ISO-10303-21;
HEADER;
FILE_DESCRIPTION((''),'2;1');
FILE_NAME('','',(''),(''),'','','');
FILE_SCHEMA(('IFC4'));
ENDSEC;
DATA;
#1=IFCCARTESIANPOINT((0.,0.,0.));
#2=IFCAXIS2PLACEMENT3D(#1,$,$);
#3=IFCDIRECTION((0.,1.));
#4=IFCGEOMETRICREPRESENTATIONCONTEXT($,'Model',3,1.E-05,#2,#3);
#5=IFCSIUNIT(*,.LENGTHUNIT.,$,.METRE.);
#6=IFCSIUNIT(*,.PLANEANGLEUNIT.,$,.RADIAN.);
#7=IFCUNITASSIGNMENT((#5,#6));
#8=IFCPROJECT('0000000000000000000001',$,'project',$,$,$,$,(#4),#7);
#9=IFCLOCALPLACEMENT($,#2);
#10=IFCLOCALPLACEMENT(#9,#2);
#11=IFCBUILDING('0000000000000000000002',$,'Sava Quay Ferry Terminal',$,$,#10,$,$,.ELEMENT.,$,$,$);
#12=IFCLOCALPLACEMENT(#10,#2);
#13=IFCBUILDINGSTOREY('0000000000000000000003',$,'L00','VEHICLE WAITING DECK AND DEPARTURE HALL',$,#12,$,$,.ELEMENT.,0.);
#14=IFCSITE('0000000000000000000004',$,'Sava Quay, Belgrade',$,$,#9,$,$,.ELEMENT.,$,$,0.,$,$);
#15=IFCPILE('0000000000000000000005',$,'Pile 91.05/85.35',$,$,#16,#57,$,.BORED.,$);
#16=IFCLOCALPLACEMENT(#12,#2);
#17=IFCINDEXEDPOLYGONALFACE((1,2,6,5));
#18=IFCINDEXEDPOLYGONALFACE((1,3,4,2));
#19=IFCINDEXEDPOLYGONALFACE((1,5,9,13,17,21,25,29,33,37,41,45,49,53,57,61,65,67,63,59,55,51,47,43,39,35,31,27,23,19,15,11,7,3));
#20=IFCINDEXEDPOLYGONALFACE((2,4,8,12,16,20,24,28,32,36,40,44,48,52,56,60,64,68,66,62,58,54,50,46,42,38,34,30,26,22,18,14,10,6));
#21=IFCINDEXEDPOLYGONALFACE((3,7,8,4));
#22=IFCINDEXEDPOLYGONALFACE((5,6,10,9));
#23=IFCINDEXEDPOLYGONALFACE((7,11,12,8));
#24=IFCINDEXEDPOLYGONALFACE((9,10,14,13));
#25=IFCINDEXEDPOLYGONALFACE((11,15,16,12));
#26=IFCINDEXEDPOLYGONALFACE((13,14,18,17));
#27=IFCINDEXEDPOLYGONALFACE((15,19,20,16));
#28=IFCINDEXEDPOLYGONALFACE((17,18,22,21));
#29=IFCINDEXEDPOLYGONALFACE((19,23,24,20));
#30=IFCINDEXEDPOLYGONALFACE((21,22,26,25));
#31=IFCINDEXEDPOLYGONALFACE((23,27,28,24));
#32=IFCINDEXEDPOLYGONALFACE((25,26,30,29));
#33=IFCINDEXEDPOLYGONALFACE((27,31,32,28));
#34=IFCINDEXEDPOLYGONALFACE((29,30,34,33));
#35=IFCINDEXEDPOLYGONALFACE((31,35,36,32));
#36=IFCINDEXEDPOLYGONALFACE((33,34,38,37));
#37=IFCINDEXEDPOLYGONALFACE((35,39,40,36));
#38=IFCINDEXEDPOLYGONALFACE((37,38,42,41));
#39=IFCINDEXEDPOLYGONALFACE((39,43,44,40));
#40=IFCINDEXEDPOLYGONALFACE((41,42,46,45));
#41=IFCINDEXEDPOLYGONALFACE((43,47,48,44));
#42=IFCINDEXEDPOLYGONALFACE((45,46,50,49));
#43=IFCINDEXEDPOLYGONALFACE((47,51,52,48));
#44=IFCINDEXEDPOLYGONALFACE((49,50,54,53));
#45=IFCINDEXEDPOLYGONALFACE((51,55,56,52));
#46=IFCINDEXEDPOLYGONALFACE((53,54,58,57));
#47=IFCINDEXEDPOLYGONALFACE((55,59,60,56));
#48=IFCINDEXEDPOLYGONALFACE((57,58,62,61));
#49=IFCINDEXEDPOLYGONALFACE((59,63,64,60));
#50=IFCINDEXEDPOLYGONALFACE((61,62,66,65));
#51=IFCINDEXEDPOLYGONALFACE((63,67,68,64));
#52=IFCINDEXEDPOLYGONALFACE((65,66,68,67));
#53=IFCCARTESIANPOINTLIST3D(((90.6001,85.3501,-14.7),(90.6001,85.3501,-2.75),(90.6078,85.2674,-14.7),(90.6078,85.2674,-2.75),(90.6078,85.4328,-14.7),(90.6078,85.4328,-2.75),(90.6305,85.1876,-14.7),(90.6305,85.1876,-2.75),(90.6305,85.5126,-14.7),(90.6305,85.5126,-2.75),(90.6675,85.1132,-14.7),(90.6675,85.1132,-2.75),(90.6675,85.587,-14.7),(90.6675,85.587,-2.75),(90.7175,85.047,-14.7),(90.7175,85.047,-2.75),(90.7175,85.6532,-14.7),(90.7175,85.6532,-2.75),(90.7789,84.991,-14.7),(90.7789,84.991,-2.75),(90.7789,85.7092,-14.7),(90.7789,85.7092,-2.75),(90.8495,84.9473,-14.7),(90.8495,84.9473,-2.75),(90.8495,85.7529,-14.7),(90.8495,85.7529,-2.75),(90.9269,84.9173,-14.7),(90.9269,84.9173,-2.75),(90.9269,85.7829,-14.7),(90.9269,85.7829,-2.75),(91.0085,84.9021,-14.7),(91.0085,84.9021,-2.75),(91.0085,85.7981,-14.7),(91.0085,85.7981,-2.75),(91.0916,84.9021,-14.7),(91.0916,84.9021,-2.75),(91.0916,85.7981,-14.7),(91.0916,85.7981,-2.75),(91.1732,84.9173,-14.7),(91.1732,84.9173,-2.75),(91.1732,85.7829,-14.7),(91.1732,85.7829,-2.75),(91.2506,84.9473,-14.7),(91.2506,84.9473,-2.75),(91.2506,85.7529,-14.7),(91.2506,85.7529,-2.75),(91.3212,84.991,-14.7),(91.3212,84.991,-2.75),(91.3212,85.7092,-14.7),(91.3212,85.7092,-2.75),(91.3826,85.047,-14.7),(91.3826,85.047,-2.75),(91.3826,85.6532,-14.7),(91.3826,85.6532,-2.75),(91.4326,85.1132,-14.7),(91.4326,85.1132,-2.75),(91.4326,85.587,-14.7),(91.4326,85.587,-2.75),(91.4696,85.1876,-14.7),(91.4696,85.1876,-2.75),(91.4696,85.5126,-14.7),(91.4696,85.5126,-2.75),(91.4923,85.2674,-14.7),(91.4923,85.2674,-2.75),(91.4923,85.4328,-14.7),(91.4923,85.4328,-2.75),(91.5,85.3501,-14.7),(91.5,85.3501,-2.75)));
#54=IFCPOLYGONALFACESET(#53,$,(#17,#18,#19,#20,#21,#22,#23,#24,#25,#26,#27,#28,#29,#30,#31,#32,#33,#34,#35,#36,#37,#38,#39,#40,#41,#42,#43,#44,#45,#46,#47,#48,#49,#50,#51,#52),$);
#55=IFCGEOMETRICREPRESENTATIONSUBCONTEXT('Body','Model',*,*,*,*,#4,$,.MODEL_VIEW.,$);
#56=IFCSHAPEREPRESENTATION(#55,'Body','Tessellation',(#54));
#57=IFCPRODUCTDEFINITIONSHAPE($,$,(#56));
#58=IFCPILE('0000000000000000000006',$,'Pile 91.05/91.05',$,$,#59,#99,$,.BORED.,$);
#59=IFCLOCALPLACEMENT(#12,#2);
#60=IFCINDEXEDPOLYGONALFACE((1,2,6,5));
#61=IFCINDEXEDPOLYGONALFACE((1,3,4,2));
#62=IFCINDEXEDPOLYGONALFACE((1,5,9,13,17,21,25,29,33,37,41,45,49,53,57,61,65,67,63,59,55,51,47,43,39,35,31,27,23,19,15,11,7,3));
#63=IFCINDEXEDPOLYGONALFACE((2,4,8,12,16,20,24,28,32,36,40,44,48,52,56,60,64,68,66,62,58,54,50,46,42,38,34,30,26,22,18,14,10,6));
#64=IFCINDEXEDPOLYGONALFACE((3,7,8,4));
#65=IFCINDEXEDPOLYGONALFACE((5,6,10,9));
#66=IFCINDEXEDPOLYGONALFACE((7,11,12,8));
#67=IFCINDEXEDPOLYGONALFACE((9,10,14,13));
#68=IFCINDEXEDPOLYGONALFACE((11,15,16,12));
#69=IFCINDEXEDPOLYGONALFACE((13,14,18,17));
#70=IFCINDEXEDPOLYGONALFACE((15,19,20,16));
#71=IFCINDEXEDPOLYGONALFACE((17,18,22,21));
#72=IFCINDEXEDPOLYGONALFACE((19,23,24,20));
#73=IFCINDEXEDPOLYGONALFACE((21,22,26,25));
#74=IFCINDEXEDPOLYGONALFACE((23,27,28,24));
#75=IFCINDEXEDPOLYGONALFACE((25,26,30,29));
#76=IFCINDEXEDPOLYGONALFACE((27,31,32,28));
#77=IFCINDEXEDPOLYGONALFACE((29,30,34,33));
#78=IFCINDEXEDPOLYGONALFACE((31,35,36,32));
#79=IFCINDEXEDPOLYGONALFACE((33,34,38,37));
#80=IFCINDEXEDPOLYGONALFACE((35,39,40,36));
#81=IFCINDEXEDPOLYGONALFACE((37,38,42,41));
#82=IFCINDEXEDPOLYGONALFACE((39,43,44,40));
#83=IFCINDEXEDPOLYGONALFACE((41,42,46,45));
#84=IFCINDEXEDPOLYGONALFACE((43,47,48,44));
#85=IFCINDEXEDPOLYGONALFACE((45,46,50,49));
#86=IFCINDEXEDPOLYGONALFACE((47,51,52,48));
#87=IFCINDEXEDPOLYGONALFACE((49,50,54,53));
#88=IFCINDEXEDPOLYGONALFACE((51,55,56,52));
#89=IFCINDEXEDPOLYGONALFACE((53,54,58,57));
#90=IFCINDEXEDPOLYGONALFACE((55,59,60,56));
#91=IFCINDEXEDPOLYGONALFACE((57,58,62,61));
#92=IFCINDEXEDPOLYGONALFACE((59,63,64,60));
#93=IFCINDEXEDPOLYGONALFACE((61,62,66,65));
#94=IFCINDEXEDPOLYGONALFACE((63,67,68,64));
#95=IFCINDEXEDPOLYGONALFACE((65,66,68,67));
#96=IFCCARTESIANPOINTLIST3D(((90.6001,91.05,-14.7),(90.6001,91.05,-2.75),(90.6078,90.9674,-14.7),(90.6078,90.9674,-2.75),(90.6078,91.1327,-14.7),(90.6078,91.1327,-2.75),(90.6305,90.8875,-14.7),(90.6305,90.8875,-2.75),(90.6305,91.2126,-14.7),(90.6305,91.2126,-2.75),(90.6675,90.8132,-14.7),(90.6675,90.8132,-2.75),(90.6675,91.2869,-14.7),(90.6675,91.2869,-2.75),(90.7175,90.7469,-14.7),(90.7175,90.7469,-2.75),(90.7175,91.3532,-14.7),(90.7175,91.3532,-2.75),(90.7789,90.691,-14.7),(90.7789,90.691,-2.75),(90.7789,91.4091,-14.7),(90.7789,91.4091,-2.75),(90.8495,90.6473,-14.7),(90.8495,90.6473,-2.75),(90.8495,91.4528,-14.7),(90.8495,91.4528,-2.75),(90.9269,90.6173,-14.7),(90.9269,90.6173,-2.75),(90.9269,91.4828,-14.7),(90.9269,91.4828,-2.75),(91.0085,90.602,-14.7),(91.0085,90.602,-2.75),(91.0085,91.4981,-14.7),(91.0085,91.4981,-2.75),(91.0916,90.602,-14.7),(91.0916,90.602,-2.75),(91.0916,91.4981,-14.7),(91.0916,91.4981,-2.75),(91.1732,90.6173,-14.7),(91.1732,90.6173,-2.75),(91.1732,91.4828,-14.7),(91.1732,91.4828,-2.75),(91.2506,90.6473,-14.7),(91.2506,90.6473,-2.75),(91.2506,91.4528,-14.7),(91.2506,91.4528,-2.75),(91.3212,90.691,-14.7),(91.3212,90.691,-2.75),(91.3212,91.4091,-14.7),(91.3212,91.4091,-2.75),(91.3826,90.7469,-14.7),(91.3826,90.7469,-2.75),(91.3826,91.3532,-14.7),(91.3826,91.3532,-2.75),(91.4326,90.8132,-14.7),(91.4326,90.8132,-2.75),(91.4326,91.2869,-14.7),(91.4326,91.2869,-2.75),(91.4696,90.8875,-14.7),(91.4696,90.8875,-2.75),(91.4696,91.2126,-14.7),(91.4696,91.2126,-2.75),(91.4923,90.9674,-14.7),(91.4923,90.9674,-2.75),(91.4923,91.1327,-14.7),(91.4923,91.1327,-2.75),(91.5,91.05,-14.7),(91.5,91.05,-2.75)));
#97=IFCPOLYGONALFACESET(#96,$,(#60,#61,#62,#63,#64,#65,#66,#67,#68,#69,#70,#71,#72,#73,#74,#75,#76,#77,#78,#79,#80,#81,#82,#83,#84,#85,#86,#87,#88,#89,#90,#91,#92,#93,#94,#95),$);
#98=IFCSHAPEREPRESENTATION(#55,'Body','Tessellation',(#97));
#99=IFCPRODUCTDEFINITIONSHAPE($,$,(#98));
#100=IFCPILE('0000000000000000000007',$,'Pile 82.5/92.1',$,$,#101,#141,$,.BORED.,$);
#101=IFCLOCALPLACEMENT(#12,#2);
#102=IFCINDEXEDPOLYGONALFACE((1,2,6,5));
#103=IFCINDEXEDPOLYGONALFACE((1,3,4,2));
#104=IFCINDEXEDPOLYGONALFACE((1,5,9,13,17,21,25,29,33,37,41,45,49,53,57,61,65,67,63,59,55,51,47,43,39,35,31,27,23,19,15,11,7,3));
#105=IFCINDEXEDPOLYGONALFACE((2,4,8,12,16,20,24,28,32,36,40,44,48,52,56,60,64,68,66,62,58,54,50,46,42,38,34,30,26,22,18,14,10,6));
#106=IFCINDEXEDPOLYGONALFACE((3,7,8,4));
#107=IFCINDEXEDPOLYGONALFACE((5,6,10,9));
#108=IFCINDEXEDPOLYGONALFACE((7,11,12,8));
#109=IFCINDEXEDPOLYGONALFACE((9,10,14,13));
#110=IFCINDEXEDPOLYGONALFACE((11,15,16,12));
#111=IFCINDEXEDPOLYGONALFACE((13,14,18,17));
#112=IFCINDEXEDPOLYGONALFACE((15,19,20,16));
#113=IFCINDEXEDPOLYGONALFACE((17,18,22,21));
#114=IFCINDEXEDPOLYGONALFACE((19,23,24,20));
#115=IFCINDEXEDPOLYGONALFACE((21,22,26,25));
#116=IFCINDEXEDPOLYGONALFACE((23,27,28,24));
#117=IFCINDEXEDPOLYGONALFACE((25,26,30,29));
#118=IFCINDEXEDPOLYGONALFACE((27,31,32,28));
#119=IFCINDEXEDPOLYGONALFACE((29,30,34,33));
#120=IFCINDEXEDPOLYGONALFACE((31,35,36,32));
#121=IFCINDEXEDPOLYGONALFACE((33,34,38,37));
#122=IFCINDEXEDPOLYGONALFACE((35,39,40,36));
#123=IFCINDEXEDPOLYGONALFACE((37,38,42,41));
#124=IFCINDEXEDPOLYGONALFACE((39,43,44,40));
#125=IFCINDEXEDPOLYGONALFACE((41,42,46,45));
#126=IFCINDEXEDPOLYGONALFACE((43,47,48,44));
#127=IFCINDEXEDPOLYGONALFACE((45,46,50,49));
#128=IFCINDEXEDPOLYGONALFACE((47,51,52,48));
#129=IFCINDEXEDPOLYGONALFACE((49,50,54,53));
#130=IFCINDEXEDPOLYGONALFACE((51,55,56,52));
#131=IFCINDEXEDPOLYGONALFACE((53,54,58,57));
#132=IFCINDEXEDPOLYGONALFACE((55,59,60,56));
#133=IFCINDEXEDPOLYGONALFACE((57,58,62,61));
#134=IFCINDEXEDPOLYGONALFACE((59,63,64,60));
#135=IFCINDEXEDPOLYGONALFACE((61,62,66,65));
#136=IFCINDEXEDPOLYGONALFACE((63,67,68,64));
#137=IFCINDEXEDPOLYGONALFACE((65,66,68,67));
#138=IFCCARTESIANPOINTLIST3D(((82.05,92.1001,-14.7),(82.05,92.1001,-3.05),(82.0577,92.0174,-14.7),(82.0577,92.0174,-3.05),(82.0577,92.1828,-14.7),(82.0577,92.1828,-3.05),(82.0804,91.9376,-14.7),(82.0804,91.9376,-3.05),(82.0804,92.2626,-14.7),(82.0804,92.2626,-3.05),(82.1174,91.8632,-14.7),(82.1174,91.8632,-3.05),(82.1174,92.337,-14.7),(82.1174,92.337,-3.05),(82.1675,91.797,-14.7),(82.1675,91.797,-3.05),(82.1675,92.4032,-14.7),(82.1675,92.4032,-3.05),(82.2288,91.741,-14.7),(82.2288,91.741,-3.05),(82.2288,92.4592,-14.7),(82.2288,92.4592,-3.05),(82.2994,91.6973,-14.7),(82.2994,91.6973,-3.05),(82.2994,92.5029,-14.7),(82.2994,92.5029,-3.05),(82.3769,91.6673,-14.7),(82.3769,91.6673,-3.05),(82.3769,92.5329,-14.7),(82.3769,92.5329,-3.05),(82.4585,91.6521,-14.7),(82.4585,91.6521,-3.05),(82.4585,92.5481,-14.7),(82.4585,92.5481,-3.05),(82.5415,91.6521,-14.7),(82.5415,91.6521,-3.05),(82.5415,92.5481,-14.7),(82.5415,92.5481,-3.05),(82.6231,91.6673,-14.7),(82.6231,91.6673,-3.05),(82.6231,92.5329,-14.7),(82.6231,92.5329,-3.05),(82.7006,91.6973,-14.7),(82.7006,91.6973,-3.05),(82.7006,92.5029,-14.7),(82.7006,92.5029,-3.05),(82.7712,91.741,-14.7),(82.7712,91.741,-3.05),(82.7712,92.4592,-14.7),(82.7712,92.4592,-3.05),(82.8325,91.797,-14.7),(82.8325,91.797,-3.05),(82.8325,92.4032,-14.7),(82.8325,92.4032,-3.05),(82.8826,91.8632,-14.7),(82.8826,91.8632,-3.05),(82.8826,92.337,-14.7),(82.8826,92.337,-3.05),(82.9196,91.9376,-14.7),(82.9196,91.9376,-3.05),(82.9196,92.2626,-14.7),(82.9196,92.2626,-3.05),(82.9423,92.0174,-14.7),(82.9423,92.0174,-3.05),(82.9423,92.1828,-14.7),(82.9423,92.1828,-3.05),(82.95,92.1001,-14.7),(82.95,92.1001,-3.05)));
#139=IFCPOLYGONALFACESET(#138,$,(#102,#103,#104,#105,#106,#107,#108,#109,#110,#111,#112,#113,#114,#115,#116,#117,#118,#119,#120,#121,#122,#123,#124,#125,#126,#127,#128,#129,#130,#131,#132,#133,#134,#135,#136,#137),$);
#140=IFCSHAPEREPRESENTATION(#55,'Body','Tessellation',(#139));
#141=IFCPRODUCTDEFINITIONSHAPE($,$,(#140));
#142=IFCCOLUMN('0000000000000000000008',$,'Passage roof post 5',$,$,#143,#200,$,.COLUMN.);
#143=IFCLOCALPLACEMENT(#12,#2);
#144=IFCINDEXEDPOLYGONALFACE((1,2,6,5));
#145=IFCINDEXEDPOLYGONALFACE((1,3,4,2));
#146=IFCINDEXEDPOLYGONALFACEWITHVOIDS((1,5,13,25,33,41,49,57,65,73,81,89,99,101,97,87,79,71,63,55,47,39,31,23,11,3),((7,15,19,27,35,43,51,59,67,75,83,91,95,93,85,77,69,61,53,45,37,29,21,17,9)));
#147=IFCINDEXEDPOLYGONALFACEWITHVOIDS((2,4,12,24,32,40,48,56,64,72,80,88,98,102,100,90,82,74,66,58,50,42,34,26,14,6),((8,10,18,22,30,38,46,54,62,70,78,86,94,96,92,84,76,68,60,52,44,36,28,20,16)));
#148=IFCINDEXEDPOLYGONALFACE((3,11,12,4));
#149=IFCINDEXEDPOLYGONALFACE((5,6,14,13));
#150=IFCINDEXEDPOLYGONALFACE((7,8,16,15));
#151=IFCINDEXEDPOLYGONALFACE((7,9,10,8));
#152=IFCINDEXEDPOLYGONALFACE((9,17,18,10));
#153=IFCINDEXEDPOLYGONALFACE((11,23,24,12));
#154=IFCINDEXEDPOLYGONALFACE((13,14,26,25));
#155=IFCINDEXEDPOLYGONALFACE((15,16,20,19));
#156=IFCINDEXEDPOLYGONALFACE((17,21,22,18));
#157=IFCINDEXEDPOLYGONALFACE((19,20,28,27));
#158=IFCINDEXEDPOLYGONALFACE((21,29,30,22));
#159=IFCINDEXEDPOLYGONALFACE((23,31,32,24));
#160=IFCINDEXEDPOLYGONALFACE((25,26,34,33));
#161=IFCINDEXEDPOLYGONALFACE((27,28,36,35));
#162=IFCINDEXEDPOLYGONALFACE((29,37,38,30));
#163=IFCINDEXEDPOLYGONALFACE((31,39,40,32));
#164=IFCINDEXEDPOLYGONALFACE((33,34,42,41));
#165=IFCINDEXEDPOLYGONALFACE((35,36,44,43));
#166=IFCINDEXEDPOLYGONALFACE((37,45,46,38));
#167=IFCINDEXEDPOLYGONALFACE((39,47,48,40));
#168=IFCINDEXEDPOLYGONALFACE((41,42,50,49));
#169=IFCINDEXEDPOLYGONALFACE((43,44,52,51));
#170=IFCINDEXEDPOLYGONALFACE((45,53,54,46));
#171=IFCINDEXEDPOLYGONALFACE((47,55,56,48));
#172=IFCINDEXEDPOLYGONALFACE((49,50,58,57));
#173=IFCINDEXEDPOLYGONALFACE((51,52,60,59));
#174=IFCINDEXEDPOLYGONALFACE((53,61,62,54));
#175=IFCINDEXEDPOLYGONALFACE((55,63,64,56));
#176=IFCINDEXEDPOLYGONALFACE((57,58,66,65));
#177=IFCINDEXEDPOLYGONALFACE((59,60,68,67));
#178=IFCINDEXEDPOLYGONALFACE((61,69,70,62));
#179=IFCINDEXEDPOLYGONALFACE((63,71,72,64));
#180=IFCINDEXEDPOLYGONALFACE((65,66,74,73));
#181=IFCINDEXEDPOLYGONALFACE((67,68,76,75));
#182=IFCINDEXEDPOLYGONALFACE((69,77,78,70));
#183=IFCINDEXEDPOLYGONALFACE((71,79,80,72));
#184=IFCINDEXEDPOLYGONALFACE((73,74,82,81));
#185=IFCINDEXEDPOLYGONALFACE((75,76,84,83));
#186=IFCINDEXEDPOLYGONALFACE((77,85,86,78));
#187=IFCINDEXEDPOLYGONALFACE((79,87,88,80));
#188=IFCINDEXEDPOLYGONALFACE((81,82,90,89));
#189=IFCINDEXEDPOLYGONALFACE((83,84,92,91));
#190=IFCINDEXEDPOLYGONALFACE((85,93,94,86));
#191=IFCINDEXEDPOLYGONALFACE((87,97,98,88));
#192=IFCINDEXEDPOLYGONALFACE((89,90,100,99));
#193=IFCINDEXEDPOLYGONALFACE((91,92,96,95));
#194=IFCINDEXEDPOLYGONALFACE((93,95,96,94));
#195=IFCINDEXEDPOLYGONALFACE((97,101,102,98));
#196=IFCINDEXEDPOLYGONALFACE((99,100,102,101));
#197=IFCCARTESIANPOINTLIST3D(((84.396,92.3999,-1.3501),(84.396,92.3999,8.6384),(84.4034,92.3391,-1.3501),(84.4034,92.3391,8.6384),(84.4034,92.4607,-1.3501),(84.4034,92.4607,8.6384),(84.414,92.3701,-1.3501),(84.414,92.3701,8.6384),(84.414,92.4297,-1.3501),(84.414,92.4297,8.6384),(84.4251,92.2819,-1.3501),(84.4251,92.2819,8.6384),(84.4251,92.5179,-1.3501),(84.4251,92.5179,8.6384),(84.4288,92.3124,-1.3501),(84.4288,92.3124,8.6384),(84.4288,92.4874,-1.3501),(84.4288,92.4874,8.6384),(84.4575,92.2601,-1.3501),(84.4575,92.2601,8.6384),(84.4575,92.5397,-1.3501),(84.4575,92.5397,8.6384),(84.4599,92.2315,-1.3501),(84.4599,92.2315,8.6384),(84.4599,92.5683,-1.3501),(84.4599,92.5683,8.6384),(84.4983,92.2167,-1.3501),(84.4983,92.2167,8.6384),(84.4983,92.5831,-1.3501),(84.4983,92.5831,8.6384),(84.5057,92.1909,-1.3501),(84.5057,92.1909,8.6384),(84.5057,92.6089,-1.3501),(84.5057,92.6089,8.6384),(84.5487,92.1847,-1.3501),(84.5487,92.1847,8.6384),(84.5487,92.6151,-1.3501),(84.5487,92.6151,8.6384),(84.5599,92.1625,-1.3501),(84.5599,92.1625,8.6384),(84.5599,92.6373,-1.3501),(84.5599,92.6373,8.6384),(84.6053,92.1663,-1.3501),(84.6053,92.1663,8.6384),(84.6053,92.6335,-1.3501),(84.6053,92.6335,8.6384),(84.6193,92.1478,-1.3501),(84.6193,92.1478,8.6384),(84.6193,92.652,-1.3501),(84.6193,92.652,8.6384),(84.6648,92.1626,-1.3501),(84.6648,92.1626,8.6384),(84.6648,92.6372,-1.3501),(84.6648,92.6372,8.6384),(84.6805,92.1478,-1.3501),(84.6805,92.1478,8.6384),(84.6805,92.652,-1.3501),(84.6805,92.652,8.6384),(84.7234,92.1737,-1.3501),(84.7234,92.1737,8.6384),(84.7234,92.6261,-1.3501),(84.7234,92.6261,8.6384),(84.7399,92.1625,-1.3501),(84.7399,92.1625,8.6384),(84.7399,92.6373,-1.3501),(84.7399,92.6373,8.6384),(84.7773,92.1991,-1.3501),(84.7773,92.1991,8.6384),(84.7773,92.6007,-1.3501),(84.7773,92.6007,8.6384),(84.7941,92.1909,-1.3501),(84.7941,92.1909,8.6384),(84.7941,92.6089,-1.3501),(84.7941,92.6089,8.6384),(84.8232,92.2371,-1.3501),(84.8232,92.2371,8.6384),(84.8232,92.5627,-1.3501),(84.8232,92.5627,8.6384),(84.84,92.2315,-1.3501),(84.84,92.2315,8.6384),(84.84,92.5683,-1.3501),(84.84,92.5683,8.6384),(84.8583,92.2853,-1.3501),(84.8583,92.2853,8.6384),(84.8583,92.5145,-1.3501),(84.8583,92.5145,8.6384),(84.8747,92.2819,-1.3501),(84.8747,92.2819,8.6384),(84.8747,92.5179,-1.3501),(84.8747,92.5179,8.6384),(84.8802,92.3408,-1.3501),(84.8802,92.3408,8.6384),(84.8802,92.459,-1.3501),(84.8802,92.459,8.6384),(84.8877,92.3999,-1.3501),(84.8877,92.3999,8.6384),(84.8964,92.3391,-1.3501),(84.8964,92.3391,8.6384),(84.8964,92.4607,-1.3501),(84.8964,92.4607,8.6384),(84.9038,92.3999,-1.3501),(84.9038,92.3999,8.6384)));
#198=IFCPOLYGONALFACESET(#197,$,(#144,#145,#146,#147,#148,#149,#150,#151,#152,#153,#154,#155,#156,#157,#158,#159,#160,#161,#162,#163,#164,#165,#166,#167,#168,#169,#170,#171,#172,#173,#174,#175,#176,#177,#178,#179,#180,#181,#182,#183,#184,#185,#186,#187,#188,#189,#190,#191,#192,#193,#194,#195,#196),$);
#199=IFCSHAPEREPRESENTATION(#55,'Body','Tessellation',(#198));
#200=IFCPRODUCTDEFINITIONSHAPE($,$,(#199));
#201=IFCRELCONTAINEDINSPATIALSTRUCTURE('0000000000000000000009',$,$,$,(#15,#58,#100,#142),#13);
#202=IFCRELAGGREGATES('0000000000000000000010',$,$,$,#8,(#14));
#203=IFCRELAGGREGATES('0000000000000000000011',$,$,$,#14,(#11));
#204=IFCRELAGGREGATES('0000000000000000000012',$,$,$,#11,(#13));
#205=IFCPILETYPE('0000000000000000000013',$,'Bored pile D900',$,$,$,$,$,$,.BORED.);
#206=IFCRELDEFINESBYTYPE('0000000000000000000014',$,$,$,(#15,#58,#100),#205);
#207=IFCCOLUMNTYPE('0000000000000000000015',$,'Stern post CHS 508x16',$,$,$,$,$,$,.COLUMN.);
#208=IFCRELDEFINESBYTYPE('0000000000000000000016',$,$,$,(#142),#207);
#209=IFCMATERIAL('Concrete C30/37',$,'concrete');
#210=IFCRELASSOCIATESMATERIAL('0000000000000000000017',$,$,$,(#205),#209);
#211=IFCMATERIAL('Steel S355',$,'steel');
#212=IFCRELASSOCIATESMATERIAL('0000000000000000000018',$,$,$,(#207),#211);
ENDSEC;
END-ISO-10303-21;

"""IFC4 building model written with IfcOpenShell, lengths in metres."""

from ifc_helpers import new_model, si_unit, direction, frame, origin, origin_2d, place, context, subcontext, project, spatial, circle, hollow_circle, extrude, material, material_profile, profile_set, type_object, element, save


model = new_model("IFC4")

# Units and contexts
model_context = context("Model", 3, precision=1e-05, world=origin(), true_north=direction((0.0, 1.0)))
body_context = subcontext(model_context, "Body", "Model", "MODEL_VIEW")
ifc_project = project(units=[si_unit("LENGTHUNIT", "METRE"), si_unit("PLANEANGLEUNIT", "RADIAN")], contexts=[model_context])

# Site, building, storey
site_placement = place(None, origin())
site = spatial("IfcSite", under=ifc_project, at=site_placement, Name="Sava Quay, Belgrade", CompositionType="ELEMENT", RefElevation=0.0)
building_placement = place(site_placement, origin())
building = spatial("IfcBuilding", under=site, at=building_placement, Name="Sava Quay Ferry Terminal", CompositionType="ELEMENT")
storey_placement = place(building_placement, origin())
storey = spatial("IfcBuildingStorey", under=building, at=storey_placement, Name="L00", Description="VEHICLE WAITING DECK AND DEPARTURE HALL", CompositionType="ELEMENT", Elevation=0.0)

# Piles
ifc_material_1 = material(Name="Concrete C30/37", Category="concrete")
ifc_material_profile_1 = material_profile(ifc_material_1, circle(Radius=0.45, at=origin_2d()), Name="Bored pile D900")
ifc_profile_set_1 = profile_set([ifc_material_profile_1], Name="Concrete C30/37")
pile_type = type_object("IfcPileType", Name="Bored pile D900", PredefinedType="BORED", material=ifc_profile_set_1)
for number, where, z_axis, x_axis, name in (
    (1, (91.05, 85.3501, -2.75), (0.0, 0.0, -1.0), (1.0, 0.0, 0.0), "Pile 91.05/85.35"),
    (2, (91.05, 91.05, -2.75), (0.0, 0.0, -1.0), (1.0, 0.0, 0.0), "Pile 91.05/91.05"),
):
    element("IfcPile", number, at=place(storey_placement, frame(where, z_axis=z_axis, x_axis=x_axis)), inside=storey, type_object=pile_type, Name=name, PredefinedType="BORED", context=body_context, shape_type="SweptSolid", body=[
        extrude(circle(Radius=0.45, at=origin_2d()), origin(), (0.0, 0.0, 1.0), 11.95),
    ])
pile_placement = place(storey_placement, frame((82.5, 92.1001, -3.05), z_axis=(0.0, 0.0, -1.0), x_axis=(1.0, 0.0, 0.0)))
element("IfcPile", 3, at=pile_placement, inside=storey, type_object=pile_type, Name="Pile 82.5/92.1", PredefinedType="BORED", context=body_context, shape_type="SweptSolid", body=[
    extrude(circle(Radius=0.45, at=origin_2d()), origin(), (0.0, 0.0, 1.0), 11.6499),
])

# Column
ifc_material_2 = material(Name="Steel S355", Category="steel")
ifc_material_profile_2 = material_profile(ifc_material_2, hollow_circle(Radius=0.2539, WallThickness=0.0161, at=origin_2d()), Name="CHS 508 x 16.0")
ifc_profile_set_2 = profile_set([ifc_material_profile_2], Name="Steel S355")
column_type_1 = type_object("IfcColumnType", Name="Stern post CHS 508x16", PredefinedType="COLUMN", material=ifc_profile_set_2)
column_1_placement = place(storey_placement, frame((84.6499, 92.3999, -1.3501), z_axis=(0.0, 0.0, 1.0), x_axis=(1.0, 0.0, 0.0)))
element("IfcColumn", 4, at=column_1_placement, inside=storey, type_object=column_type_1, Name="Passage roof post 5", PredefinedType="COLUMN", context=body_context, shape_type="SweptSolid", body=[
    extrude(hollow_circle(Radius=0.2539, WallThickness=0.0161, at=origin_2d()), origin(), (0.0, 0.0, 1.0), 9.9885),
])

save(model, "model.ifc")
